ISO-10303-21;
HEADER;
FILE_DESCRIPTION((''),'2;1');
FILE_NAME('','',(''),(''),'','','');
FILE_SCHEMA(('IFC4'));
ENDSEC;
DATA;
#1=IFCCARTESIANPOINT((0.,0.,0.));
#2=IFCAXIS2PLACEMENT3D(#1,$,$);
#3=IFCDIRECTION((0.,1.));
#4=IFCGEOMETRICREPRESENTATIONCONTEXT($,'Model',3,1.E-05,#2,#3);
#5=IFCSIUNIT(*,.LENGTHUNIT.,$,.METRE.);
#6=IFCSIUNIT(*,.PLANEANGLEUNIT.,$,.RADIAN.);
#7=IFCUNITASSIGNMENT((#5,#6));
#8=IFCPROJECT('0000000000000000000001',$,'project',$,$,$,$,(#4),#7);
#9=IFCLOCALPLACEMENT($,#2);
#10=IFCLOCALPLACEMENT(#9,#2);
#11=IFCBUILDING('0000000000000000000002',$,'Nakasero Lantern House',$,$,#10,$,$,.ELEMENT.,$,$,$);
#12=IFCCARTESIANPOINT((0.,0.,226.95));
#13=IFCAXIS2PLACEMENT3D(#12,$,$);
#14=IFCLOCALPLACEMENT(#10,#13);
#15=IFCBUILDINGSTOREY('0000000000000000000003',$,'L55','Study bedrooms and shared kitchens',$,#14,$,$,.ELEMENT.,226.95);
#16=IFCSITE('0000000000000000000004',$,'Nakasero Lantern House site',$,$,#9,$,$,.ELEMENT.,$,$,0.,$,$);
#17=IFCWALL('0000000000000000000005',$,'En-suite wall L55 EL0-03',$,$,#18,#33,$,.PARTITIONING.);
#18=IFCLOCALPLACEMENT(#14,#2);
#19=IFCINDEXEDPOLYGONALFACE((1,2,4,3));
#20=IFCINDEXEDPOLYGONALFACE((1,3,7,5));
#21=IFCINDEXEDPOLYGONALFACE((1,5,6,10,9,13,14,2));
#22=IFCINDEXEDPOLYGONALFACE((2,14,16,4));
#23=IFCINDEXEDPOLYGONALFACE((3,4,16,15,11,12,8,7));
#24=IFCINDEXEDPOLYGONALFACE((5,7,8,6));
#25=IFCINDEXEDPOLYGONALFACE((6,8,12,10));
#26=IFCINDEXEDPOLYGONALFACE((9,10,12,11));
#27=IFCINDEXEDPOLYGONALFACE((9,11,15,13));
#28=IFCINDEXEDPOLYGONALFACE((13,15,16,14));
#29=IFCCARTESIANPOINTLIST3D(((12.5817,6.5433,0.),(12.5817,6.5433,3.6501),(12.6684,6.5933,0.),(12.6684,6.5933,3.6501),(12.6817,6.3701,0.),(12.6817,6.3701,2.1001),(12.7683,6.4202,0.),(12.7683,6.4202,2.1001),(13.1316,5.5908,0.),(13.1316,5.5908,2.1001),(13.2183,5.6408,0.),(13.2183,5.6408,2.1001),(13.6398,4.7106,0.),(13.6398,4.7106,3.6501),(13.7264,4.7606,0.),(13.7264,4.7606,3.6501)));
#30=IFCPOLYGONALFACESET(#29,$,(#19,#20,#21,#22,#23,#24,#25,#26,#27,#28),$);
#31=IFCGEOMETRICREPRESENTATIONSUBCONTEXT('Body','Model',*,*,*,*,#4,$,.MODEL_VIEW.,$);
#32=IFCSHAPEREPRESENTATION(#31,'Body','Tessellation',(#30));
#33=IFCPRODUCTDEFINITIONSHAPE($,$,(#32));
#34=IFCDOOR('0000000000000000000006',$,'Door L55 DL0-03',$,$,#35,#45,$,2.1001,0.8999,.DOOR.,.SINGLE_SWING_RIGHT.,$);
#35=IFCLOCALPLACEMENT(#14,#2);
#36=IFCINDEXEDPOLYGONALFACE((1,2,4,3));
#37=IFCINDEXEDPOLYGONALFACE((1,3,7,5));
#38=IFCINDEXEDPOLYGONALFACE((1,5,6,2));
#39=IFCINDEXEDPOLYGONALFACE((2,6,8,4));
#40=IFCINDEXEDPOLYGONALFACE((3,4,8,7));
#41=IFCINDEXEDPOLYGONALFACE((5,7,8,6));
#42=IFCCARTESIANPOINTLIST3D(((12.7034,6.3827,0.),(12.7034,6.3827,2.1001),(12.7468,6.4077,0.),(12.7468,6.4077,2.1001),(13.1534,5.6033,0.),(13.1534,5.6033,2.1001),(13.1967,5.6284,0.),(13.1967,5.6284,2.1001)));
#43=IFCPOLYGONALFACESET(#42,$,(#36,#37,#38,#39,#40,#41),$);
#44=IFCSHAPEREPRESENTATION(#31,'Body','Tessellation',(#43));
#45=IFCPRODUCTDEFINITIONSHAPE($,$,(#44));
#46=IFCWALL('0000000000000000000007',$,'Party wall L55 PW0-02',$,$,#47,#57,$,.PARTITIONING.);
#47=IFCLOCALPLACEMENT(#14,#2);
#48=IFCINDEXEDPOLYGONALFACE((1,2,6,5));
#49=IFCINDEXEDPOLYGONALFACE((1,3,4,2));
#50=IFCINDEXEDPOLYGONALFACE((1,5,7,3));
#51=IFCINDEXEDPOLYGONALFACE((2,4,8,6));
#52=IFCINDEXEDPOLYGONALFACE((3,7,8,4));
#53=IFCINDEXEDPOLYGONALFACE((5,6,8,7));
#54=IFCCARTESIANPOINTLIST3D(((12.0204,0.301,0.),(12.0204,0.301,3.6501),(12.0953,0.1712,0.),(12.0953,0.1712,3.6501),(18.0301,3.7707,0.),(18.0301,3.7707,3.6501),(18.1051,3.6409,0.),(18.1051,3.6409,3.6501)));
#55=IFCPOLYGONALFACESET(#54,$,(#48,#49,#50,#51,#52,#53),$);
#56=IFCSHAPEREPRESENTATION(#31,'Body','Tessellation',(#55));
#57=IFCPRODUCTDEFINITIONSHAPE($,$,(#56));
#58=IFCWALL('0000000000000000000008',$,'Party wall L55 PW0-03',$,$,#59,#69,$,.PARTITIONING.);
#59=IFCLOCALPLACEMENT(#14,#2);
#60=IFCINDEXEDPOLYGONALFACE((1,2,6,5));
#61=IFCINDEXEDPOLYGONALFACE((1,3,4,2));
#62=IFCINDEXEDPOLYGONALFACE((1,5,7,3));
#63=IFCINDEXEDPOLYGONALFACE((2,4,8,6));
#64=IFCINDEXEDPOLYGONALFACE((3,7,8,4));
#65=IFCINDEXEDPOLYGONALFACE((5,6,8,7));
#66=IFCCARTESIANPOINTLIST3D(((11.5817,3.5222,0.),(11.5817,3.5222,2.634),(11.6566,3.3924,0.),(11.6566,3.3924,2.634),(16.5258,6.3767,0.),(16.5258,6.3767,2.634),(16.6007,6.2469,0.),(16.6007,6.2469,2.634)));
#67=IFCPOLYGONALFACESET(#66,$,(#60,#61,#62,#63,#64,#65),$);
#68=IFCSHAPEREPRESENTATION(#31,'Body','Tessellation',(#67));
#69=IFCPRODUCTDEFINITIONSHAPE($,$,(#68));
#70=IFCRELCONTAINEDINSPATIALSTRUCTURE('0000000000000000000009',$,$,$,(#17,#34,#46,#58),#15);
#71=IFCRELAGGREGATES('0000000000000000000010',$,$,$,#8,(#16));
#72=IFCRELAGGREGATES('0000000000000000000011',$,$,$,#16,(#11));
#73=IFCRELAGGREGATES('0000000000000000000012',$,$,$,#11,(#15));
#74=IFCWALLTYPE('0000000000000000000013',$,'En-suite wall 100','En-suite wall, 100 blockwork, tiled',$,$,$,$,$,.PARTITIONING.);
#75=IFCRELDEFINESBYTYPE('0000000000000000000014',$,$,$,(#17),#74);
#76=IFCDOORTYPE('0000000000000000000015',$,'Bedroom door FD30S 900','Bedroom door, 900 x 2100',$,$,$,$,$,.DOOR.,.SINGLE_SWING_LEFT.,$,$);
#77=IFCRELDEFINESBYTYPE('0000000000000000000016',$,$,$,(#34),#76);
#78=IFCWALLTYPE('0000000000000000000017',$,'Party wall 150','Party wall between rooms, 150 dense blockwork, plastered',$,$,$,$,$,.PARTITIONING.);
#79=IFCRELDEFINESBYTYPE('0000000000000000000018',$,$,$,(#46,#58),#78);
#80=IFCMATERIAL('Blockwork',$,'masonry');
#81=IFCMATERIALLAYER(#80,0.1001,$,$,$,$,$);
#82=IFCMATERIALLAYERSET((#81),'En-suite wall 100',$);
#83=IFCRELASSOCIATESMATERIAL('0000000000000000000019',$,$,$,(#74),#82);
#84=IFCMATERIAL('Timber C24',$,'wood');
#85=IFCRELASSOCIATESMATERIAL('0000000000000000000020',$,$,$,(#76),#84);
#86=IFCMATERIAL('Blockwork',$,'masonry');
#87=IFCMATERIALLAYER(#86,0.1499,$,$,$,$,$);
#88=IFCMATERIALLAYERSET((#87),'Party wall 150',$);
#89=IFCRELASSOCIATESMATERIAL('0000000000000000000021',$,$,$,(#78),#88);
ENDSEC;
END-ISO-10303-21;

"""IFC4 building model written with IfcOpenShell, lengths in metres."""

from ifc_helpers import new_model, si_unit, direction, frame, frame_2d, origin, place, context, subcontext, project, spatial, rectangle, extrude, material, layer, layer_set, type_object, element, fill, save


model = new_model("IFC4")

# Units and contexts
model_context = context("Model", 3, precision=1e-05, world=origin(), true_north=direction((0.0, 1.0)))
body_context = subcontext(model_context, "Body", "Model", "MODEL_VIEW")
ifc_project = project(units=[si_unit("LENGTHUNIT", "METRE"), si_unit("PLANEANGLEUNIT", "RADIAN")], contexts=[model_context])

# Site, building, storey
site_placement = place(None, origin())
site = spatial("IfcSite", under=ifc_project, at=site_placement, Name="Nakasero Lantern House site", CompositionType="ELEMENT", RefElevation=0.0)
building_placement = place(site_placement, origin())
building = spatial("IfcBuilding", under=site, at=building_placement, Name="Nakasero Lantern House", CompositionType="ELEMENT")
storey_placement = place(building_placement, frame((0.0, 0.0, 226.95)))
storey = spatial("IfcBuildingStorey", under=building, at=storey_placement, Name="L55", Description="Study bedrooms and shared kitchens", CompositionType="ELEMENT", Elevation=226.95)

# Shared definitions
ifc_material_1 = material(Name="Blockwork", Category="masonry")
ifc_layer_1 = layer(ifc_material_1, 0.1001)
ifc_layer_set_1 = layer_set([ifc_layer_1], Name="En-suite wall 100")
wall_type_1 = type_object("IfcWallType", Name="En-suite wall 100", Description="En-suite wall, 100 blockwork, tiled", PredefinedType="PARTITIONING", material=ifc_layer_set_1)

# Wall, opening, door
wall_1_placement = place(storey_placement, frame((13.6831, 4.7356, 0.0), z_axis=(0.0, 0.0, 1.0), x_axis=(-0.499985, 0.866034, 0.0)))
wall_1 = element("IfcWall", 1, at=wall_1_placement, inside=storey, type_object=wall_type_1, Name="En-suite wall L55 EL0-03", PredefinedType="PARTITIONING", context=body_context, shape_type="SweptSolid", body=[
    extrude(rectangle(XDim=2.1162, YDim=0.1001, at=frame_2d((1.0581, 0.0))), origin(), (0.0, 0.0, 1.0), 3.6501),
])
opening_1_placement = place(wall_1_placement, frame((1.0164, 0.0, 0.0)))
opening_1 = element("IfcOpeningElement", 2, at=opening_1_placement, cuts=wall_1, PredefinedType="OPENING", context=body_context, shape_type="SweptSolid", body=[
    extrude(rectangle(XDim=0.8999, YDim=2.1001, at=frame_2d((0.45, 1.05))), frame((0.0, 0.0701, 0.0), z_axis=(0.0, -1.0, 0.0), x_axis=(1.0, 0.0, 0.0)), (0.0, 0.0, 1.0), 0.1401),
])
ifc_material_2 = material(Name="Timber C24", Category="wood")
door_type_1 = type_object("IfcDoorType", Name="Bedroom door FD30S 900", Description="Bedroom door, 900 x 2100", OperationType="SINGLE_SWING_LEFT", PredefinedType="DOOR", material=ifc_material_2)
door_1_placement = place(opening_1_placement, origin())
door_1 = element("IfcDoor", 3, at=door_1_placement, inside=storey, type_object=door_type_1, Name="Door L55 DL0-03", OperationType="SINGLE_SWING_RIGHT", OverallHeight=2.1001, OverallWidth=0.8999, PredefinedType="DOOR", context=body_context, shape_type="SweptSolid", body=[
    extrude(rectangle(XDim=0.8999, YDim=2.1001, at=frame_2d((0.45, 1.05))), frame((0.0, 0.0249, 0.0), z_axis=(0.0, -1.0, 0.0), x_axis=(1.0, 0.0, 0.0)), (0.0, 0.0, 1.0), 0.05),
])
fill(opening_1, door_1)

# Walls
ifc_material_3 = material(Name="Blockwork", Category="masonry")
ifc_layer_2 = layer(ifc_material_3, 0.1499)
ifc_layer_set_2 = layer_set([ifc_layer_2], Name="Party wall 150")
wall_type_2 = type_object("IfcWallType", Name="Party wall 150", Description="Party wall between rooms, 150 dense blockwork, plastered", PredefinedType="PARTITIONING", material=ifc_layer_set_2)
wall_2_placement = place(storey_placement, frame((12.0579, 0.2361, 0.0), z_axis=(0.0, 0.0, 1.0), x_axis=(0.866026, 0.499999, 0.0)))
element("IfcWall", 4, at=wall_2_placement, inside=storey, type_object=wall_type_2, Name="Party wall L55 PW0-02", PredefinedType="PARTITIONING", context=body_context, shape_type="SweptSolid", body=[
    extrude(rectangle(XDim=6.9395, YDim=0.1499, at=frame_2d((3.4697, 0.0))), origin(), (0.0, 0.0, 1.0), 3.6501),
])
wall_3_placement = place(storey_placement, frame((11.6191, 3.4573, 0.0), z_axis=(0.0, 0.0, 1.0), x_axis=(0.866024, 0.500003, 0.0)))
element("IfcWall", 5, at=wall_3_placement, inside=storey, type_object=wall_type_2, Name="Party wall L55 PW0-03", PredefinedType="PARTITIONING", context=body_context, shape_type="SweptSolid", body=[
    extrude(rectangle(XDim=5.709, YDim=0.1499, at=frame_2d((2.8545, 0.0))), origin(), (0.0, 0.0, 1.0), 2.634),
])

save(model, "model.ifc")
